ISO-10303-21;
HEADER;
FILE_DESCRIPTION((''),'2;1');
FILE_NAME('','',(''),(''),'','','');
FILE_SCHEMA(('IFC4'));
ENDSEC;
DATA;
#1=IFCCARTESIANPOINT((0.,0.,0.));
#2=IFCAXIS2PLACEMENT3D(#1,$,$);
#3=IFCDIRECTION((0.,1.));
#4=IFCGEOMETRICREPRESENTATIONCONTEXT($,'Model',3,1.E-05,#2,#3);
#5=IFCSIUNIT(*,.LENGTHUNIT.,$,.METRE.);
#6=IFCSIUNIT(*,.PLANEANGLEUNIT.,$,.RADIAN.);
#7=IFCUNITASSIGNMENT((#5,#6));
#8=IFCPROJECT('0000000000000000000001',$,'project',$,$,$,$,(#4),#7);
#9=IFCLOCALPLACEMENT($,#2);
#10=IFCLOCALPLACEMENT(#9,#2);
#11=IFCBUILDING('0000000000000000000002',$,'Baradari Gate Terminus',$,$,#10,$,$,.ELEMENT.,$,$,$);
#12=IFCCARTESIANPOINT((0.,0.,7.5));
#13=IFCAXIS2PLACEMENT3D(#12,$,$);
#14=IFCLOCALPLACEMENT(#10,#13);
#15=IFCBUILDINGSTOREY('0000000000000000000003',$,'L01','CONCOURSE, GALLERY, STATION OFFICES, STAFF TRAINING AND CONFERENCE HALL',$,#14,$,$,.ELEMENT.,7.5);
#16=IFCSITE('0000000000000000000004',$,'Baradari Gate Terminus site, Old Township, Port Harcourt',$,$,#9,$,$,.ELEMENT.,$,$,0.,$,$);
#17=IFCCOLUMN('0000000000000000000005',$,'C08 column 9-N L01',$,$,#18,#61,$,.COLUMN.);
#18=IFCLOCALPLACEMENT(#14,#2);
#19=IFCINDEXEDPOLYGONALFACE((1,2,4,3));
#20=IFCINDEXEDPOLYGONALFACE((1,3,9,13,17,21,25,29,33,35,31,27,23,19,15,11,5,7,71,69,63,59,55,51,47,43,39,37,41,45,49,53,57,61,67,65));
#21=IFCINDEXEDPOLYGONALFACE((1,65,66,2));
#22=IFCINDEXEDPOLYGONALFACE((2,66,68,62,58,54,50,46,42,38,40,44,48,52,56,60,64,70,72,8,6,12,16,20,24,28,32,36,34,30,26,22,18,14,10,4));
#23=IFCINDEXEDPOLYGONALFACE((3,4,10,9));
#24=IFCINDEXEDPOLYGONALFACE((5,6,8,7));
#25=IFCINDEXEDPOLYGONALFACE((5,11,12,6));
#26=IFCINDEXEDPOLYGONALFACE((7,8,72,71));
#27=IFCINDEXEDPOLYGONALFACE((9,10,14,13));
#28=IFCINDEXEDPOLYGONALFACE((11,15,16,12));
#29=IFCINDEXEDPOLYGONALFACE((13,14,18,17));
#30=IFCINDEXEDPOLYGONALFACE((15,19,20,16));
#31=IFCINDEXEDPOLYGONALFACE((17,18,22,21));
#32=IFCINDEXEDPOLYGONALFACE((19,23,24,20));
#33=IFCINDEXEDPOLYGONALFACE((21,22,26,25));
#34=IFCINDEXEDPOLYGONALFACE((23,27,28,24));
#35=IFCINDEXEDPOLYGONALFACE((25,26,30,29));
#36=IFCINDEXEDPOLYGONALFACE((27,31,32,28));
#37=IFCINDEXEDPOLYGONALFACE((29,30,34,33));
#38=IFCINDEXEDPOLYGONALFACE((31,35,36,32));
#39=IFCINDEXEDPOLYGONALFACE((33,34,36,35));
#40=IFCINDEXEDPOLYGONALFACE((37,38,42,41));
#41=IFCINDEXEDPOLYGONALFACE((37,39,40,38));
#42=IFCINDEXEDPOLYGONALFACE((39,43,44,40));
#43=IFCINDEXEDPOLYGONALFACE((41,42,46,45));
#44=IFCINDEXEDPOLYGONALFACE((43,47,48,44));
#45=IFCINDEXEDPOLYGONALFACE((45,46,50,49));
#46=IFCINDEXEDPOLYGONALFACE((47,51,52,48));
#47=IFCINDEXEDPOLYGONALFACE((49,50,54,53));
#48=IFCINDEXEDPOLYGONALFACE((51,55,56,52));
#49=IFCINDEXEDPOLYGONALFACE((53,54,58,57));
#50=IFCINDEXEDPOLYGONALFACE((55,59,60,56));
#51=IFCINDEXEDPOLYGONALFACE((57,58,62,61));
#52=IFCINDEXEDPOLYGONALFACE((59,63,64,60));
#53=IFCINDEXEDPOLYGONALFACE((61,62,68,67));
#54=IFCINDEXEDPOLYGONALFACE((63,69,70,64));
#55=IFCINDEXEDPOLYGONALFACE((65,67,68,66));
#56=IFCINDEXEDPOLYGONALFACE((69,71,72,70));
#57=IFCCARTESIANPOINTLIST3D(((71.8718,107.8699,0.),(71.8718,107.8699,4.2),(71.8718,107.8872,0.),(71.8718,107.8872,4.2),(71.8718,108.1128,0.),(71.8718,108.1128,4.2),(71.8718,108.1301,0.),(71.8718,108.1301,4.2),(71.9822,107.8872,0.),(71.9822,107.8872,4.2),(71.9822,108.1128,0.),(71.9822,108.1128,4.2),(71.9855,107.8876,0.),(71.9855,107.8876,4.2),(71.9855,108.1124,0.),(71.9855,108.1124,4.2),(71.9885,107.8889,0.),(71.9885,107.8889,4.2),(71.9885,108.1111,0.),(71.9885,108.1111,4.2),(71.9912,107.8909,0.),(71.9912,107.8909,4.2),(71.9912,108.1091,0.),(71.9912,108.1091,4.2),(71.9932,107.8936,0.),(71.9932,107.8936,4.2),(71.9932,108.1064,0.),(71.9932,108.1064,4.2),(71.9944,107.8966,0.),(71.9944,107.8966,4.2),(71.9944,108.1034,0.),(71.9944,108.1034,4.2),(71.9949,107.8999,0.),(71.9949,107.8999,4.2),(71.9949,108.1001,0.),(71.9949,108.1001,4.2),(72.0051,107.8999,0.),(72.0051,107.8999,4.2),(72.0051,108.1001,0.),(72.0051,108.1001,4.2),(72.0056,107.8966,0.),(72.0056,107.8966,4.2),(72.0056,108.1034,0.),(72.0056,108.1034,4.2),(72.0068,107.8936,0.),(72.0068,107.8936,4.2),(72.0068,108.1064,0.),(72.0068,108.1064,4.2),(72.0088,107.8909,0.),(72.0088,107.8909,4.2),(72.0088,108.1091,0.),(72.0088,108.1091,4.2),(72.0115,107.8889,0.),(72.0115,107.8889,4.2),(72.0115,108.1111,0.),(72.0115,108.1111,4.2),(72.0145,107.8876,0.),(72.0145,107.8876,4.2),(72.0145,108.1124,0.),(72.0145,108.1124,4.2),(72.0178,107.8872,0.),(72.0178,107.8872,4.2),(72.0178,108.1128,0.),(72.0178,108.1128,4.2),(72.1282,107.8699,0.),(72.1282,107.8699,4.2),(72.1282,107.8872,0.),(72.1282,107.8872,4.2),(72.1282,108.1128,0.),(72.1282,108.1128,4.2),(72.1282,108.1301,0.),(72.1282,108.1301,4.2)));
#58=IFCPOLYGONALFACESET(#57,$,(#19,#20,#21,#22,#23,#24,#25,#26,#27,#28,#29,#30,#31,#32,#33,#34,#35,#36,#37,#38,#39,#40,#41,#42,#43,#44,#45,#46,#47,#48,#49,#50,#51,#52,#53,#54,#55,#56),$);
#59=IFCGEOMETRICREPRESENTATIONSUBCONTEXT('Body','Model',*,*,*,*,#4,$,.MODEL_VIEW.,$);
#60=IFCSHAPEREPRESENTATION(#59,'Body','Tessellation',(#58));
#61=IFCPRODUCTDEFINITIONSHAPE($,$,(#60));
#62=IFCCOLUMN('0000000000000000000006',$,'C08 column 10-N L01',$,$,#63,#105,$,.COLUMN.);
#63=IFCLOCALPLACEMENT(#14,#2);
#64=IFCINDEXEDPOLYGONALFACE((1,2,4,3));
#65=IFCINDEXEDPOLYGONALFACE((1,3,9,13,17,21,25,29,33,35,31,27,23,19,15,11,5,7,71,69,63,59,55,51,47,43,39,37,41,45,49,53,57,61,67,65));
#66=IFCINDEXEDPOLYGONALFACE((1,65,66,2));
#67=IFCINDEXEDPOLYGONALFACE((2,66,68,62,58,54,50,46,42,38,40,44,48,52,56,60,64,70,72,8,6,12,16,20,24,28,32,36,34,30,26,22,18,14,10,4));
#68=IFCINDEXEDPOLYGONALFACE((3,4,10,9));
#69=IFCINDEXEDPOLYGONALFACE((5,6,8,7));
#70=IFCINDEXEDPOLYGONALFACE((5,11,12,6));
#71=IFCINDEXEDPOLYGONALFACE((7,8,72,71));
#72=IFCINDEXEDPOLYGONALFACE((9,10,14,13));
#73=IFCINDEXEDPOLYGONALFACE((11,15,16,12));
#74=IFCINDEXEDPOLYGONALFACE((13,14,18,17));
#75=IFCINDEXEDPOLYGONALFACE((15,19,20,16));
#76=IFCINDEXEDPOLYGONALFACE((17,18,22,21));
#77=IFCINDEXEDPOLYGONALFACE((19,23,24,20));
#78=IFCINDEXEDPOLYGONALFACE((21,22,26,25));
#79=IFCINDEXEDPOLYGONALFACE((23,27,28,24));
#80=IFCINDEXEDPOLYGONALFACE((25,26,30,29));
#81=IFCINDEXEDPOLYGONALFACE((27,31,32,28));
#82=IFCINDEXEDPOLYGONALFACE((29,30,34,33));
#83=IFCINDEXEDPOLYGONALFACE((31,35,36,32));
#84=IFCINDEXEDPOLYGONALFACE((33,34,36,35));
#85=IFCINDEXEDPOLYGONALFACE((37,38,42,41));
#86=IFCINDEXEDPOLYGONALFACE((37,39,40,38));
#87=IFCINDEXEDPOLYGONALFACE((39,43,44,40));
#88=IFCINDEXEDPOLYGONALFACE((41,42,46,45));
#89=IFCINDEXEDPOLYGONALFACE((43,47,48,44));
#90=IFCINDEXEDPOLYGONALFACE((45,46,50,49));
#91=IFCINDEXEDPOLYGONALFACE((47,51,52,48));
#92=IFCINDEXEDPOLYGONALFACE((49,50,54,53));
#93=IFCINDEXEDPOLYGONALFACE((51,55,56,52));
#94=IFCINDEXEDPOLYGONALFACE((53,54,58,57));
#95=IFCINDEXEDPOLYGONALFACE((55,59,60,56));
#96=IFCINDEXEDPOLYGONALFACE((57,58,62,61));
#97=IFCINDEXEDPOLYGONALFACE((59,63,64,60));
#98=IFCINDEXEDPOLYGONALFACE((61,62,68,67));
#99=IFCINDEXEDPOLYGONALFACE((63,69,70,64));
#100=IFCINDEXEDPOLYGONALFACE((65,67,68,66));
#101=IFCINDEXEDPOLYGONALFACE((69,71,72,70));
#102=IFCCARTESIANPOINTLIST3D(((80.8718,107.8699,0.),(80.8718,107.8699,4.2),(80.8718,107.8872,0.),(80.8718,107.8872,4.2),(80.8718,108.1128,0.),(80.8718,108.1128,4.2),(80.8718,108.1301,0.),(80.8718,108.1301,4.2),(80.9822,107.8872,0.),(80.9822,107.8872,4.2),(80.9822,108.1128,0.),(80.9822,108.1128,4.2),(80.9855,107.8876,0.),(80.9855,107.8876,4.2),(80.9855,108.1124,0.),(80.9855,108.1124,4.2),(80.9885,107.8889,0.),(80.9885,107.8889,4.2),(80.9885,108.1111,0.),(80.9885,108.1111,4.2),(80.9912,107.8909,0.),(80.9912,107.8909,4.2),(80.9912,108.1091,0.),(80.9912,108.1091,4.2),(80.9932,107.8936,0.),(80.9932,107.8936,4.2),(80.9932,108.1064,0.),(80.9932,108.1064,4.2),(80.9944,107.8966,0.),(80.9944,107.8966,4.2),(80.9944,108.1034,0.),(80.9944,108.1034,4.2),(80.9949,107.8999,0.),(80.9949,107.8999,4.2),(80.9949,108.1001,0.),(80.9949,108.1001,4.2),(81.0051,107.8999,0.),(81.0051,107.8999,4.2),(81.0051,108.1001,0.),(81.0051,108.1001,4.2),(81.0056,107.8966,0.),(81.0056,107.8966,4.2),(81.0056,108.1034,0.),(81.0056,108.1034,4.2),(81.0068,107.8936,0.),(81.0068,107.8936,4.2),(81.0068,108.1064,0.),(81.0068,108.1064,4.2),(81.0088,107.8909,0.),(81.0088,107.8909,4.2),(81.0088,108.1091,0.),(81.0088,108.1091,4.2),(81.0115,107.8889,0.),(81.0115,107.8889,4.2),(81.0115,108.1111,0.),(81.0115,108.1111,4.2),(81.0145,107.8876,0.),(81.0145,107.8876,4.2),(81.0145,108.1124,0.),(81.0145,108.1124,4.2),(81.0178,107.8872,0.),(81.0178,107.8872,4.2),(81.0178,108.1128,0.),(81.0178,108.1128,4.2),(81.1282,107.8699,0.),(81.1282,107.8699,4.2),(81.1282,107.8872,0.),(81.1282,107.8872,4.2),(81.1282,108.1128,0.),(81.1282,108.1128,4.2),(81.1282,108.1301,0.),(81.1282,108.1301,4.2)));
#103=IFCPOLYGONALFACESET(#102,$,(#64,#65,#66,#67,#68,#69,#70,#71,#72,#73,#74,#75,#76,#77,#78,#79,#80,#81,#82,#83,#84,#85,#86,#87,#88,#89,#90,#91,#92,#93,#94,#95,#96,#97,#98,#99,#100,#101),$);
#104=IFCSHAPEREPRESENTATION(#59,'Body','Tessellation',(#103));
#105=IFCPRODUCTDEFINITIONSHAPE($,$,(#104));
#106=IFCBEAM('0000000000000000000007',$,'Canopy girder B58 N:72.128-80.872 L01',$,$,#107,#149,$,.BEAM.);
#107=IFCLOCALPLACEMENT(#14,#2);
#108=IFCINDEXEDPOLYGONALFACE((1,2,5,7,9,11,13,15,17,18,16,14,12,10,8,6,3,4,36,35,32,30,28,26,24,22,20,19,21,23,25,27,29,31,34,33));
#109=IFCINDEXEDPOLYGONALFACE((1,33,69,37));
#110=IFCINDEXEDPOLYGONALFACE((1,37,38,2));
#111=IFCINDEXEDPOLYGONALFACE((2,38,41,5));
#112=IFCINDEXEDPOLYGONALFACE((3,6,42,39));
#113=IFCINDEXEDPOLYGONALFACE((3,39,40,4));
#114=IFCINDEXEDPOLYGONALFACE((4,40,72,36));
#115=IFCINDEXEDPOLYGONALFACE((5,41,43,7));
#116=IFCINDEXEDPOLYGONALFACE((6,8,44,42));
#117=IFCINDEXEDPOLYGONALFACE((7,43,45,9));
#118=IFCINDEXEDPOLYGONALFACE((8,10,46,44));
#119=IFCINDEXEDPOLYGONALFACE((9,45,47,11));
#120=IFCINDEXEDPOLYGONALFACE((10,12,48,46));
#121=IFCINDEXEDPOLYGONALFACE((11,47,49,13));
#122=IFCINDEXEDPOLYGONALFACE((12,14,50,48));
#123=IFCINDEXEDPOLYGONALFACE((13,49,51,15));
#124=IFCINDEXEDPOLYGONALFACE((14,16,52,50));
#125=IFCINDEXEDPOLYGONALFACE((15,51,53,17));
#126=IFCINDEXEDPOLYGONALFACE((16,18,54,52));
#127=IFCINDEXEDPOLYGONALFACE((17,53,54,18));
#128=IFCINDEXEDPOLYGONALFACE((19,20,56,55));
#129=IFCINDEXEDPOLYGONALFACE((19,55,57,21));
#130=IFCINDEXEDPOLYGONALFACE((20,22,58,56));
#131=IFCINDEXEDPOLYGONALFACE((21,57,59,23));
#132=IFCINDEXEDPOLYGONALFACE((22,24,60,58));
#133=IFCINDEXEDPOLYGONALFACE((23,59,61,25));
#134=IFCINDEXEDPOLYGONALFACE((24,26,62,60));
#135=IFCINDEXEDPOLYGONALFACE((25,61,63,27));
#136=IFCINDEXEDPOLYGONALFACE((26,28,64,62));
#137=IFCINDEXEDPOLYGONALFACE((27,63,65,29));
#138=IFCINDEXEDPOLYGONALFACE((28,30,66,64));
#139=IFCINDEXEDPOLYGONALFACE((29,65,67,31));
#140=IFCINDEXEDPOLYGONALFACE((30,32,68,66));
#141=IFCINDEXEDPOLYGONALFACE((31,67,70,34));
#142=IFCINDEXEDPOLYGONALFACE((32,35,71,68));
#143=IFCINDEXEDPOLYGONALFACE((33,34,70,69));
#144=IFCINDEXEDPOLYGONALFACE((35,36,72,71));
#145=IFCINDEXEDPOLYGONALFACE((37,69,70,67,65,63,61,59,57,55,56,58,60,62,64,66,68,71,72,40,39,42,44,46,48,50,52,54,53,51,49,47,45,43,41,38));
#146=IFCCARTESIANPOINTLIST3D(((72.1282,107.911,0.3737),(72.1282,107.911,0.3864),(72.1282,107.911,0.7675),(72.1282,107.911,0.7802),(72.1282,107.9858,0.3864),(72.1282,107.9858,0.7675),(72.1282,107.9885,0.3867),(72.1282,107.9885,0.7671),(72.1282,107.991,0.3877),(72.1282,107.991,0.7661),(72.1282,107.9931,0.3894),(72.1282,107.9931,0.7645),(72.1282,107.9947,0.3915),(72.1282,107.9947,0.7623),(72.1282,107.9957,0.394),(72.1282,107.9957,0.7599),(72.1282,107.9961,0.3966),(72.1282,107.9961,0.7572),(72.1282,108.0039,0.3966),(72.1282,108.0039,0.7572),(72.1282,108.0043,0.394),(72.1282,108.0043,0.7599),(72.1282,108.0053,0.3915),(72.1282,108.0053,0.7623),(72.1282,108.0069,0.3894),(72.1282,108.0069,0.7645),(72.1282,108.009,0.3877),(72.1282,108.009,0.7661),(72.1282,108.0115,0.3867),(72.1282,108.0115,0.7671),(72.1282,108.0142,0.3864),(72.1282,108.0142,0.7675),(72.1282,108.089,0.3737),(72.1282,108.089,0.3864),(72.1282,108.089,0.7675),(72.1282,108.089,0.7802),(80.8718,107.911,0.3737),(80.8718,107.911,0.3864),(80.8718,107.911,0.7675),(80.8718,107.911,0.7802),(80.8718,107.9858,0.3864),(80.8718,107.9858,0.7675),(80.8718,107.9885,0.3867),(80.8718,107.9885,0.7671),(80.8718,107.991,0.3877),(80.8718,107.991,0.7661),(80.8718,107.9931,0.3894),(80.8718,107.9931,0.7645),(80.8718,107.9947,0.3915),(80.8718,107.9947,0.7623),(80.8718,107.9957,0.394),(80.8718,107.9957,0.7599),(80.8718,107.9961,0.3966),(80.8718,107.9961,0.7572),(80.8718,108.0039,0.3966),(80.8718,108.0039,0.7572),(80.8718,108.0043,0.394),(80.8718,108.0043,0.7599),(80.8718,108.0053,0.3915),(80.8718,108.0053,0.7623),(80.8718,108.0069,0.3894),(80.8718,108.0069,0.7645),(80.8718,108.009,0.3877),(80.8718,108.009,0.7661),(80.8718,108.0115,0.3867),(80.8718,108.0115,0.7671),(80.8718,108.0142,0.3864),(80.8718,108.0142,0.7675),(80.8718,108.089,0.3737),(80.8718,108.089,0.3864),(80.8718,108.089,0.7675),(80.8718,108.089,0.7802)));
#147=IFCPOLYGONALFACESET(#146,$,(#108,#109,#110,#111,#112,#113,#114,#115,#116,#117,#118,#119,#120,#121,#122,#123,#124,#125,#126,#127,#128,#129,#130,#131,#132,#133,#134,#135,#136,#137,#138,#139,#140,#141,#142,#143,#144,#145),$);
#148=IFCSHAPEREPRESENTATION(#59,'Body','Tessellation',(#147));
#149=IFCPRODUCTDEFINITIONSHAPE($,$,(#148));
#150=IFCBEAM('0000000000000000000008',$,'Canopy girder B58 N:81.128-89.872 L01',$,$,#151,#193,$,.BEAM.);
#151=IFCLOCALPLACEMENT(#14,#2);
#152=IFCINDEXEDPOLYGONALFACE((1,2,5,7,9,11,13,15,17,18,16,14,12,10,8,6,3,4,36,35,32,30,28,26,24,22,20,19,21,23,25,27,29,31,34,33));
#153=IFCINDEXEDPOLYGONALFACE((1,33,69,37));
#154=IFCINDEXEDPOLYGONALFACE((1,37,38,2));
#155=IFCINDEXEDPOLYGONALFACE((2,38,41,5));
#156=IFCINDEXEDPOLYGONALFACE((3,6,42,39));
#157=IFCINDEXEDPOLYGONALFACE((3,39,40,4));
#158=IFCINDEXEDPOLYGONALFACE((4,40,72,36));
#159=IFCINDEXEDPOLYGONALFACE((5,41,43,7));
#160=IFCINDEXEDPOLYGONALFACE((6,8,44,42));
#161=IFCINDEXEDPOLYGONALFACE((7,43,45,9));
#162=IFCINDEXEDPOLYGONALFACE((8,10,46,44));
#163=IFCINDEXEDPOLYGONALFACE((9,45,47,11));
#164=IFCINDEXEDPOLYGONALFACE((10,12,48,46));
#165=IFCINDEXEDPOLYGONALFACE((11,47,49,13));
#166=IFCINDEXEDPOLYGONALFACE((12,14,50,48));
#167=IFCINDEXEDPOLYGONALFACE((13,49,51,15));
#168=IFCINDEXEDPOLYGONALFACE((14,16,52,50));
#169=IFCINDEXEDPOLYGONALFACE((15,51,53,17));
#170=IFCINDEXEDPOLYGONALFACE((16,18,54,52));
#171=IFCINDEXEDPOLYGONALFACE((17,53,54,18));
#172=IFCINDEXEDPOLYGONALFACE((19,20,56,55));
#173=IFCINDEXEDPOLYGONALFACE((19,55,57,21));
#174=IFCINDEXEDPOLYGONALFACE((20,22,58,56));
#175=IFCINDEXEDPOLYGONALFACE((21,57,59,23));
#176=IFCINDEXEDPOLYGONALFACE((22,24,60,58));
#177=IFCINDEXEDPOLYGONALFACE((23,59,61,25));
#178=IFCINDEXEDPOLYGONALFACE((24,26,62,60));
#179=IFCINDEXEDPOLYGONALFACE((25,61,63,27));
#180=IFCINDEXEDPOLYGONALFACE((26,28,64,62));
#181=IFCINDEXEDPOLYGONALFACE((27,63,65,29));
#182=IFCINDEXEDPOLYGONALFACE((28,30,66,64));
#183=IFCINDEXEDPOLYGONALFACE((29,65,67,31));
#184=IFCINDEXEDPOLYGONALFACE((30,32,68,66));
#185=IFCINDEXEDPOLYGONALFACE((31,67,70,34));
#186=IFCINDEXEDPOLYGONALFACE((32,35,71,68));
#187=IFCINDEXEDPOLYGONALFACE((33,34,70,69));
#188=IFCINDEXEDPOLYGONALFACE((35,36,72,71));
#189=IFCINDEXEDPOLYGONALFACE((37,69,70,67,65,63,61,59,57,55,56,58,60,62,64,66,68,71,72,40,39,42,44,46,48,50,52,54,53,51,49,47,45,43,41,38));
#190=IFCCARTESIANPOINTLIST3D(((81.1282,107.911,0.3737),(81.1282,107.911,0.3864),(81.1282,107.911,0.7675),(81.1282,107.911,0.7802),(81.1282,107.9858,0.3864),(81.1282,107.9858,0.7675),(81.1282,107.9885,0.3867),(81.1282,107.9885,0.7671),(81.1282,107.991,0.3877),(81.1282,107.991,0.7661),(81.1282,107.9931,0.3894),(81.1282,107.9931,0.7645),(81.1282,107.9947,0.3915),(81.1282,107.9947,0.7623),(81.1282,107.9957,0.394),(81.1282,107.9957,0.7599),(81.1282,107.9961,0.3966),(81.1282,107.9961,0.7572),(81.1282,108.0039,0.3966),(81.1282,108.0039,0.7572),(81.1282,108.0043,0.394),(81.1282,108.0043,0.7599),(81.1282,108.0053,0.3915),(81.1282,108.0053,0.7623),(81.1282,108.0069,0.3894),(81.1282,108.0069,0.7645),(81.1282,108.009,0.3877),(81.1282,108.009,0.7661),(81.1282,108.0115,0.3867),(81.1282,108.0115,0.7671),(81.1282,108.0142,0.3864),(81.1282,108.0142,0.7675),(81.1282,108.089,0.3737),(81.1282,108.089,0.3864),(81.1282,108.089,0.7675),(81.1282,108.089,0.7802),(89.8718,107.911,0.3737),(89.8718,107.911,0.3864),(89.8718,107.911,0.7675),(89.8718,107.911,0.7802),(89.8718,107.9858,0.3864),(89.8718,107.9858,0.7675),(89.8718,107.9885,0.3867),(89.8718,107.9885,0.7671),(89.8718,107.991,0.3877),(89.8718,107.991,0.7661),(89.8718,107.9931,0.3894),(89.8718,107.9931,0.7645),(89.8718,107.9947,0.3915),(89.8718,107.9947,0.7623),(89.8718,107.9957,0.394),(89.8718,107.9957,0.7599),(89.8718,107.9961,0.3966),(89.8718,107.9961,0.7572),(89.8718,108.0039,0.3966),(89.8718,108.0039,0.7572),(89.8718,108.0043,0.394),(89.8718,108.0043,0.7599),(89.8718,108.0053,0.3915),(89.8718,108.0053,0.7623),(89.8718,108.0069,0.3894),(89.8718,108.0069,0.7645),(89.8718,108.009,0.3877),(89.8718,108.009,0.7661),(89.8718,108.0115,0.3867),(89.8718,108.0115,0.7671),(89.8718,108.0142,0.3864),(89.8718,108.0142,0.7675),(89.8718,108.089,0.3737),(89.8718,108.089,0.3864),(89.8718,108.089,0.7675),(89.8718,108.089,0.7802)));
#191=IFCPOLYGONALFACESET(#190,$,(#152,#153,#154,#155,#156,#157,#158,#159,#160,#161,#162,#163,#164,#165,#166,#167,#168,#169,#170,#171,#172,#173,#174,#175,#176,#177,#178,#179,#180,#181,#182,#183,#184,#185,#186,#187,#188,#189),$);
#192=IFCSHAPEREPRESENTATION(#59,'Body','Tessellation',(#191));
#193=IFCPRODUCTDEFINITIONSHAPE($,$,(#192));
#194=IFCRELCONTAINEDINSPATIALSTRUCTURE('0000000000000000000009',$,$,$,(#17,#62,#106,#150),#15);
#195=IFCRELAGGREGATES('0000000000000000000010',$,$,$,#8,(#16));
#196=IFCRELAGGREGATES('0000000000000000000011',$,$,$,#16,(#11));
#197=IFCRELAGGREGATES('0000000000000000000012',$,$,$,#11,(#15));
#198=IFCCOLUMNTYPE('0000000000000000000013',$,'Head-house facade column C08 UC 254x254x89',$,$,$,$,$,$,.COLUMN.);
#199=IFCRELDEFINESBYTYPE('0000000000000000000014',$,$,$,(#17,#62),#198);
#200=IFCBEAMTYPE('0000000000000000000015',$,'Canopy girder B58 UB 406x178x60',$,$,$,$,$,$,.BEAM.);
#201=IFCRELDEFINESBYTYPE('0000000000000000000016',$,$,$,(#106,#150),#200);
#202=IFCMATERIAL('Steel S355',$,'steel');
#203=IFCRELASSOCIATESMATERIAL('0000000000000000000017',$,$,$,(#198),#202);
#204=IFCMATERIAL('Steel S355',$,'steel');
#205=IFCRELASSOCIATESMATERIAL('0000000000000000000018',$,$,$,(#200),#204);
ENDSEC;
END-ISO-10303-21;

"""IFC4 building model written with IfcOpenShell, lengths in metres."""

from ifc_helpers import new_model, si_unit, direction, frame, origin, origin_2d, place, context, subcontext, project, spatial, i_section, extrude, material, material_profile, profile_set, type_object, element, save


model = new_model("IFC4")

# Units and contexts
model_context = context("Model", 3, precision=1e-05, world=origin(), true_north=direction((0.0, 1.0)))
body_context = subcontext(model_context, "Body", "Model", "MODEL_VIEW")
ifc_project = project(units=[si_unit("LENGTHUNIT", "METRE"), si_unit("PLANEANGLEUNIT", "RADIAN")], contexts=[model_context])

# Site, building, storey
site_placement = place(None, origin())
site = spatial("IfcSite", under=ifc_project, at=site_placement, Name="Baradari Gate Terminus site, Old Township, Port Harcourt", CompositionType="ELEMENT", RefElevation=0.0)
building_placement = place(site_placement, origin())
building = spatial("IfcBuilding", under=site, at=building_placement, Name="Baradari Gate Terminus", CompositionType="ELEMENT")
storey_placement = place(building_placement, frame((0.0, 0.0, 7.5)))
storey = spatial("IfcBuildingStorey", under=building, at=storey_placement, Name="L01", Description="CONCOURSE, GALLERY, STATION OFFICES, STAFF TRAINING AND CONFERENCE HALL", CompositionType="ELEMENT", Elevation=7.5)

# Columns
ifc_material_1 = material(Name="Steel S355", Category="steel")
ifc_material_profile_1 = material_profile(ifc_material_1, i_section(OverallWidth=0.2563, OverallDepth=0.2603, WebThickness=0.0103, FlangeThickness=0.0173, FilletRadius=0.0127, at=origin_2d()), Name="UC 254x254x89")
ifc_profile_set_1 = profile_set([ifc_material_profile_1], Name="Steel S355")
column_type = type_object("IfcColumnType", Name="Head-house facade column C08 UC 254x254x89", PredefinedType="COLUMN", material=ifc_profile_set_1)
for number, where, z_axis, x_axis, name in (
    (1, (72.0, 108.0, 0.0), (0.0, 0.0, 1.0), (1.0, 0.0, 0.0), "C08 column 9-N L01"),
    (2, (81.0, 108.0, 0.0), (0.0, 0.0, 1.0), (1.0, 0.0, 0.0), "C08 column 10-N L01"),
):
    element("IfcColumn", number, at=place(storey_placement, frame(where, z_axis=z_axis, x_axis=x_axis)), inside=storey, type_object=column_type, Name=name, PredefinedType="COLUMN", context=body_context, shape_type="SweptSolid", body=[
        extrude(i_section(OverallWidth=0.2563, OverallDepth=0.2603, WebThickness=0.0103, FlangeThickness=0.0173, FilletRadius=0.0127, at=origin_2d()), origin(), (0.0, 0.0, 1.0), 4.2),
    ])

# Beams
ifc_material_2 = material(Name="Steel S355", Category="steel")
ifc_material_profile_2 = material_profile(ifc_material_2, i_section(OverallWidth=0.178, OverallDepth=0.4065, WebThickness=0.0078, FlangeThickness=0.0127, FilletRadius=0.0103, at=origin_2d()), Name="UB 406x178x60")
ifc_profile_set_2 = profile_set([ifc_material_profile_2], Name="Steel S355")
beam_type_1 = type_object("IfcBeamType", Name="Canopy girder B58 UB 406x178x60", PredefinedType="BEAM", material=ifc_profile_set_2)
for number, where, z_axis, x_axis, name in (
    (3, (72.1282, 108.0, 0.5769), (1.0, 0.0, 0.0), (0.0, 1.0, 0.0), "Canopy girder B58 N:72.128-80.872 L01"),
    (4, (81.1282, 108.0, 0.5769), (1.0, 0.0, 0.0), (0.0, 1.0, 0.0), "Canopy girder B58 N:81.128-89.872 L01"),
):
    element("IfcBeam", number, at=place(storey_placement, frame(where, z_axis=z_axis, x_axis=x_axis)), inside=storey, type_object=beam_type_1, Name=name, PredefinedType="BEAM", context=body_context, shape_type="SweptSolid", body=[
        extrude(i_section(OverallWidth=0.178, OverallDepth=0.4065, WebThickness=0.0078, FlangeThickness=0.0127, FilletRadius=0.0103, at=origin_2d()), origin(), (0.0, 0.0, 1.0), 8.7437),
    ])

save(model, "model.ifc")
